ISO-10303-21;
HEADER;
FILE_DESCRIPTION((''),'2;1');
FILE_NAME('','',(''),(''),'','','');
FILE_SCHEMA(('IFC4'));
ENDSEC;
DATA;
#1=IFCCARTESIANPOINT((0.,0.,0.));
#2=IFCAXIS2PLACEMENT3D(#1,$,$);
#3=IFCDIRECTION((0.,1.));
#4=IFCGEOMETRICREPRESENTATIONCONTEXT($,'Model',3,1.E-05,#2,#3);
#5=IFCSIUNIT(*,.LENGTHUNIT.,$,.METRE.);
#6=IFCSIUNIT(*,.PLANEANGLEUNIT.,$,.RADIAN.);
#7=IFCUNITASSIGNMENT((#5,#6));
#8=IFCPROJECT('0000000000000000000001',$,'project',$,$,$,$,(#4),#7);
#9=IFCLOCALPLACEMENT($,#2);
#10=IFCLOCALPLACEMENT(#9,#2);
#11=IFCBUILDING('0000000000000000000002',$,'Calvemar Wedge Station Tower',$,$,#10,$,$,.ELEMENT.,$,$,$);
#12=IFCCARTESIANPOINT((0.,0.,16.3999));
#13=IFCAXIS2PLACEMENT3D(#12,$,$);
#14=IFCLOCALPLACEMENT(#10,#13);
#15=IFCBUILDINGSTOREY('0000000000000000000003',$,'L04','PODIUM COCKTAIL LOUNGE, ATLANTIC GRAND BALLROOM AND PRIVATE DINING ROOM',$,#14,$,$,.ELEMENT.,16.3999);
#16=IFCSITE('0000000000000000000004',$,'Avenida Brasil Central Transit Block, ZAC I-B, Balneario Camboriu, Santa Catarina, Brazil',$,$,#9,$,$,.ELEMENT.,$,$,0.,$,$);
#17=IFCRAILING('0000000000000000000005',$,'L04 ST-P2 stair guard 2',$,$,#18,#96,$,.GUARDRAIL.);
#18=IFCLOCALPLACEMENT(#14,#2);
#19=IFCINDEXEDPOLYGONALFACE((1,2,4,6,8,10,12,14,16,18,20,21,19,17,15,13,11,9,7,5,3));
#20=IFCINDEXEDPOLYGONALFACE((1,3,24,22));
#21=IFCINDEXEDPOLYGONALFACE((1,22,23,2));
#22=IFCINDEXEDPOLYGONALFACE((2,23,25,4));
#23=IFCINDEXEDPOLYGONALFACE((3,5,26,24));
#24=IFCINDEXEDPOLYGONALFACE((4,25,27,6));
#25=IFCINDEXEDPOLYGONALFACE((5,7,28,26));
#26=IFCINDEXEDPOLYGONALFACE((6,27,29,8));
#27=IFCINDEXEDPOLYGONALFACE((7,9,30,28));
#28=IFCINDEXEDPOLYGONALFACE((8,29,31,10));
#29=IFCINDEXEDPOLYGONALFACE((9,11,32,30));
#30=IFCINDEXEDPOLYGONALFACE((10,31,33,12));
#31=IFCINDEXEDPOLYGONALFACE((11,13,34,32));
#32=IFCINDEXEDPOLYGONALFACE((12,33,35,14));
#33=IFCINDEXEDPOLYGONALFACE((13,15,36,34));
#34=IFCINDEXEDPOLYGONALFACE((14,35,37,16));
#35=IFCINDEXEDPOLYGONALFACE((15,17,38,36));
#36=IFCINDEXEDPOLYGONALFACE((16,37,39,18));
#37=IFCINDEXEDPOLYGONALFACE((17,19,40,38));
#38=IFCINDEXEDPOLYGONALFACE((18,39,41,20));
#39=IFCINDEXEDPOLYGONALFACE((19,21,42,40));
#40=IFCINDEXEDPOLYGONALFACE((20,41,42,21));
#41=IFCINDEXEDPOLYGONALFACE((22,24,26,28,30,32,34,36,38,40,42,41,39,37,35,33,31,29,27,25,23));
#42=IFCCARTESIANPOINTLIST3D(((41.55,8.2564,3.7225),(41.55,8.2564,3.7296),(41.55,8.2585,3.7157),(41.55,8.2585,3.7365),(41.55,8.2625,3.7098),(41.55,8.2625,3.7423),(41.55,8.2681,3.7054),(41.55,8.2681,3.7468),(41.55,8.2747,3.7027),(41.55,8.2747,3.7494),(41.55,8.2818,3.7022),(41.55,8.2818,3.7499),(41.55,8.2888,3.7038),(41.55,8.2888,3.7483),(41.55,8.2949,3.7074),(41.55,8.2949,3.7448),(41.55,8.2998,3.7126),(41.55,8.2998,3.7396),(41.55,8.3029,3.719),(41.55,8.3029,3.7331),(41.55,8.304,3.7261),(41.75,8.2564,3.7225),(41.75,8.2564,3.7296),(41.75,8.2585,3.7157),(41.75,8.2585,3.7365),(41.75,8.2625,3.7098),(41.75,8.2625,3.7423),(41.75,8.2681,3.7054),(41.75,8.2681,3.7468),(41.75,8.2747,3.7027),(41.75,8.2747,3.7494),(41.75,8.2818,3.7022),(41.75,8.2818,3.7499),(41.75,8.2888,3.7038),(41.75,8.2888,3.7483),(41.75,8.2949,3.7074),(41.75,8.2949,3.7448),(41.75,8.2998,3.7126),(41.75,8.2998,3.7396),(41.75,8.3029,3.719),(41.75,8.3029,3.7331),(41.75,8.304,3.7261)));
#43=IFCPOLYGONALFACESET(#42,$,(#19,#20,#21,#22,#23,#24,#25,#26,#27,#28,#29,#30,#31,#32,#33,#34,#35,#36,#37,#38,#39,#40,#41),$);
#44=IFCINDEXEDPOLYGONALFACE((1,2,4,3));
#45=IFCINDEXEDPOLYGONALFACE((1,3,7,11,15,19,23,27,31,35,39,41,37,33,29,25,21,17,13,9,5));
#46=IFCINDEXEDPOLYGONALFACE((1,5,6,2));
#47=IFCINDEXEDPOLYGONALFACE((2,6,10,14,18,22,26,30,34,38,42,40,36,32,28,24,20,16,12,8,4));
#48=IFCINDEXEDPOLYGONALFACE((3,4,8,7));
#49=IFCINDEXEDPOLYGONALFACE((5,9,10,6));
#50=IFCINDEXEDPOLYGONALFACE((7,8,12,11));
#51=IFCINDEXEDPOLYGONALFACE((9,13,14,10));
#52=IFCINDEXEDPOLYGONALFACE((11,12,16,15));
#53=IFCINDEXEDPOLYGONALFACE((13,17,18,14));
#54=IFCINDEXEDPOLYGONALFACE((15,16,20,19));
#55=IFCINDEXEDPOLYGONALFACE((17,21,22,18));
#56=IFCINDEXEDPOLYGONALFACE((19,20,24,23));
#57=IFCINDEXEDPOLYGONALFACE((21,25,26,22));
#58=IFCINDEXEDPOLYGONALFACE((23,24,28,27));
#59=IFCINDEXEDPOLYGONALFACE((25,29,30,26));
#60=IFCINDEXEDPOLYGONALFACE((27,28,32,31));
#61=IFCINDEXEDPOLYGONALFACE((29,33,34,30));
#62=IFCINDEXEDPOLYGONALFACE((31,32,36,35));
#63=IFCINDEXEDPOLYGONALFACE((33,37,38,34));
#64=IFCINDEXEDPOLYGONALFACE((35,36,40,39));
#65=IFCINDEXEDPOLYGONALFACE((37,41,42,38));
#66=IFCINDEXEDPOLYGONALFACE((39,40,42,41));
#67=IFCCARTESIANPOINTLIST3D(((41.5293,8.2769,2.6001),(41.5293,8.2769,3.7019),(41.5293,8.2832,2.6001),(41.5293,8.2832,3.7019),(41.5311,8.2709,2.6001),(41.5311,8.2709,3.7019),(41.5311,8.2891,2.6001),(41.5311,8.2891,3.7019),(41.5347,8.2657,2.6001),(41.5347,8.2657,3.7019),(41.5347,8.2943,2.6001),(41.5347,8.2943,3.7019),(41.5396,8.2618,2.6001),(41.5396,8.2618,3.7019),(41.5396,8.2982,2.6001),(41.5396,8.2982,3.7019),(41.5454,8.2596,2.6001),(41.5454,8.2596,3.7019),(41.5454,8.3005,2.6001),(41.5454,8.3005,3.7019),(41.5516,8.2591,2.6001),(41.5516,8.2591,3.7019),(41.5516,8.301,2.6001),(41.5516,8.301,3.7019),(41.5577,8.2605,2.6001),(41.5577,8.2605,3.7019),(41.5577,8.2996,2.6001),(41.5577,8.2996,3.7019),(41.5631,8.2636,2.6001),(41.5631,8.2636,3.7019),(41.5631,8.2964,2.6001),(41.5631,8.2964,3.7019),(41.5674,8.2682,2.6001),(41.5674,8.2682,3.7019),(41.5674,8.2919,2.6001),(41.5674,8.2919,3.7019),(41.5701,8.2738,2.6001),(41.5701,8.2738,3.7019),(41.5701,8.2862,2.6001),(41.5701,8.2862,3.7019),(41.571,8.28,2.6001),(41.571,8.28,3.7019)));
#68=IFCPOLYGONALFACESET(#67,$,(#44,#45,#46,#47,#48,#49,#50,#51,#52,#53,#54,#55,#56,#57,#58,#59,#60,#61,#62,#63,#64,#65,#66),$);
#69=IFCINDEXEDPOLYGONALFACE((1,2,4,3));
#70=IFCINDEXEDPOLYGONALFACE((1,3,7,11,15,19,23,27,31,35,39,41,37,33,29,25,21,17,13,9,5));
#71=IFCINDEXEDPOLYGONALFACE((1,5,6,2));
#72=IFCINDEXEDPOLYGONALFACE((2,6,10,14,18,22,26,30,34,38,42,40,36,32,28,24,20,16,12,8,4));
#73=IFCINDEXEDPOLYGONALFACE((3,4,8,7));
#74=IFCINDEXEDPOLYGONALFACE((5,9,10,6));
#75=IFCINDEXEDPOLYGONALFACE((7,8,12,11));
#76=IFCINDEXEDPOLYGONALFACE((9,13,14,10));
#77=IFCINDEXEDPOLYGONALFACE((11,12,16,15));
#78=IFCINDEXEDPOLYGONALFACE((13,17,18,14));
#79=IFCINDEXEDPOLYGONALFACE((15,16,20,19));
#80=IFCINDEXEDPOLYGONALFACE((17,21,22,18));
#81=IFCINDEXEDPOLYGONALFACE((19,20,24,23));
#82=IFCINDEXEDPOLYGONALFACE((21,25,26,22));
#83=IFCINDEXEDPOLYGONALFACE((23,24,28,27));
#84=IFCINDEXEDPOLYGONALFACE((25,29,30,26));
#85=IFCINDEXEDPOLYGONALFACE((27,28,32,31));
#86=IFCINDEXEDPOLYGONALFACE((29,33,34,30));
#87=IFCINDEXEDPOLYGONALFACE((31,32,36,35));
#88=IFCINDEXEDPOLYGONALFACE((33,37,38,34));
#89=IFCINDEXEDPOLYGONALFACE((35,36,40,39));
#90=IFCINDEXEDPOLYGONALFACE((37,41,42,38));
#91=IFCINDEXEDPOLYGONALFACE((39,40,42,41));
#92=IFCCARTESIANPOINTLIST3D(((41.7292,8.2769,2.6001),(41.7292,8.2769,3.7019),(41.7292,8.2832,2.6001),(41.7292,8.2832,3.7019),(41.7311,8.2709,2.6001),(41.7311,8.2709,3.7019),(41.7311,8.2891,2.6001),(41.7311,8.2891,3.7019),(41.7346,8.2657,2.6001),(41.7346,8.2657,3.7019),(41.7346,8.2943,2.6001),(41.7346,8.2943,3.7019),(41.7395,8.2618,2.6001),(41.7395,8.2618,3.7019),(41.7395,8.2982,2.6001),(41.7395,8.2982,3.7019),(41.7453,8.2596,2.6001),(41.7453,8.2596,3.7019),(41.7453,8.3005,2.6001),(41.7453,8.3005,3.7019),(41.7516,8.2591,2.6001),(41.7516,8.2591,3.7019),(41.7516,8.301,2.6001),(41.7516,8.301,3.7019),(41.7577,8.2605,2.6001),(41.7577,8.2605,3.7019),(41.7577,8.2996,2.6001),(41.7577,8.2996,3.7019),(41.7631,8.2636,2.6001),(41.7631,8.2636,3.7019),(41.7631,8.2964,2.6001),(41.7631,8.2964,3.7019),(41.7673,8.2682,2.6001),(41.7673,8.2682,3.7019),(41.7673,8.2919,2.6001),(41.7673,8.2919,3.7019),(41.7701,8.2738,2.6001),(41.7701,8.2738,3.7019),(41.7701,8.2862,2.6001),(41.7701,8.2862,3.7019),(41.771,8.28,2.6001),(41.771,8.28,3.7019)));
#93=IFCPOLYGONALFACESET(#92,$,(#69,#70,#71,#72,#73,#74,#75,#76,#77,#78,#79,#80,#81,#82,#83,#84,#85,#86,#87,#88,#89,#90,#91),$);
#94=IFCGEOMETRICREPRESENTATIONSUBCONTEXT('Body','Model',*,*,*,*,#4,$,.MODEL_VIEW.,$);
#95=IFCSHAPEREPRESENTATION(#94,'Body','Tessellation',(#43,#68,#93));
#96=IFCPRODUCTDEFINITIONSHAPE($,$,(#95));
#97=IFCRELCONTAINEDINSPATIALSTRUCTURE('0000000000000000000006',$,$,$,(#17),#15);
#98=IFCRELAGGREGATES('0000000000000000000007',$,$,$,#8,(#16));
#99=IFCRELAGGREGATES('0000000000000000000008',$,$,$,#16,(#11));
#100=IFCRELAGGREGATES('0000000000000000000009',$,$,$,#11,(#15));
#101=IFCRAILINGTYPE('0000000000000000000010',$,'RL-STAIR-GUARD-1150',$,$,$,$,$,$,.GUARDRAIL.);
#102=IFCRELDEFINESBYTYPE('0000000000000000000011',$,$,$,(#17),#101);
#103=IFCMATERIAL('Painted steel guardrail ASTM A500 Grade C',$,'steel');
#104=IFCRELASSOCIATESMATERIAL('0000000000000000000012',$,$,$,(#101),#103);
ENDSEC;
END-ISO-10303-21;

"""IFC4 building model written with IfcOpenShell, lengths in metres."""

from ifc_helpers import new_model, si_unit, direction, frame, origin, origin_2d, place, context, subcontext, project, spatial, circle, extrude, material, type_object, element, save


model = new_model("IFC4")

# Units and contexts
model_context = context("Model", 3, precision=1e-05, world=origin(), true_north=direction((0.0, 1.0)))
body_context = subcontext(model_context, "Body", "Model", "MODEL_VIEW")
ifc_project = project(units=[si_unit("LENGTHUNIT", "METRE"), si_unit("PLANEANGLEUNIT", "RADIAN")], contexts=[model_context])

# Site, building, storey
site_placement = place(None, origin())
site = spatial("IfcSite", under=ifc_project, at=site_placement, Name="Avenida Brasil Central Transit Block, ZAC I-B, Balneario Camboriu, Santa Catarina, Brazil", CompositionType="ELEMENT", RefElevation=0.0)
building_placement = place(site_placement, origin())
building = spatial("IfcBuilding", under=site, at=building_placement, Name="Calvemar Wedge Station Tower", CompositionType="ELEMENT")
storey_placement = place(building_placement, frame((0.0, 0.0, 16.3999)))
storey = spatial("IfcBuildingStorey", under=building, at=storey_placement, Name="L04", Description="PODIUM COCKTAIL LOUNGE, ATLANTIC GRAND BALLROOM AND PRIVATE DINING ROOM", CompositionType="ELEMENT", Elevation=16.3999)

# Railing
ifc_material_1 = material(Name="Painted steel guardrail ASTM A500 Grade C", Category="steel")
railing_type_1 = type_object("IfcRailingType", Name="RL-STAIR-GUARD-1150", PredefinedType="GUARDRAIL", material=ifc_material_1)
railing_1_placement = place(storey_placement, frame((41.55, 8.28, 2.6001)))
element("IfcRailing", 1, at=railing_1_placement, inside=storey, type_object=railing_type_1, Name="L04 ST-P2 stair guard 2", PredefinedType="GUARDRAIL", context=body_context, shape_type="SweptSolid", body=[
    extrude(circle(Radius=0.0239, at=origin_2d()), frame((0.0, 0.0, 1.126), z_axis=(1.0, 0.0, 0.0), x_axis=(0.0, 1.0, 0.0)), (0.0, 0.0, 1.0), 0.2),
    extrude(circle(Radius=0.021, at=origin_2d()), origin(), (0.0, 0.0, 1.0), 1.1018),
    extrude(circle(Radius=0.021, at=origin_2d()), frame((0.2, 0.0, 0.0)), (0.0, 0.0, 1.0), 1.1018),
])

save(model, "model.ifc")
